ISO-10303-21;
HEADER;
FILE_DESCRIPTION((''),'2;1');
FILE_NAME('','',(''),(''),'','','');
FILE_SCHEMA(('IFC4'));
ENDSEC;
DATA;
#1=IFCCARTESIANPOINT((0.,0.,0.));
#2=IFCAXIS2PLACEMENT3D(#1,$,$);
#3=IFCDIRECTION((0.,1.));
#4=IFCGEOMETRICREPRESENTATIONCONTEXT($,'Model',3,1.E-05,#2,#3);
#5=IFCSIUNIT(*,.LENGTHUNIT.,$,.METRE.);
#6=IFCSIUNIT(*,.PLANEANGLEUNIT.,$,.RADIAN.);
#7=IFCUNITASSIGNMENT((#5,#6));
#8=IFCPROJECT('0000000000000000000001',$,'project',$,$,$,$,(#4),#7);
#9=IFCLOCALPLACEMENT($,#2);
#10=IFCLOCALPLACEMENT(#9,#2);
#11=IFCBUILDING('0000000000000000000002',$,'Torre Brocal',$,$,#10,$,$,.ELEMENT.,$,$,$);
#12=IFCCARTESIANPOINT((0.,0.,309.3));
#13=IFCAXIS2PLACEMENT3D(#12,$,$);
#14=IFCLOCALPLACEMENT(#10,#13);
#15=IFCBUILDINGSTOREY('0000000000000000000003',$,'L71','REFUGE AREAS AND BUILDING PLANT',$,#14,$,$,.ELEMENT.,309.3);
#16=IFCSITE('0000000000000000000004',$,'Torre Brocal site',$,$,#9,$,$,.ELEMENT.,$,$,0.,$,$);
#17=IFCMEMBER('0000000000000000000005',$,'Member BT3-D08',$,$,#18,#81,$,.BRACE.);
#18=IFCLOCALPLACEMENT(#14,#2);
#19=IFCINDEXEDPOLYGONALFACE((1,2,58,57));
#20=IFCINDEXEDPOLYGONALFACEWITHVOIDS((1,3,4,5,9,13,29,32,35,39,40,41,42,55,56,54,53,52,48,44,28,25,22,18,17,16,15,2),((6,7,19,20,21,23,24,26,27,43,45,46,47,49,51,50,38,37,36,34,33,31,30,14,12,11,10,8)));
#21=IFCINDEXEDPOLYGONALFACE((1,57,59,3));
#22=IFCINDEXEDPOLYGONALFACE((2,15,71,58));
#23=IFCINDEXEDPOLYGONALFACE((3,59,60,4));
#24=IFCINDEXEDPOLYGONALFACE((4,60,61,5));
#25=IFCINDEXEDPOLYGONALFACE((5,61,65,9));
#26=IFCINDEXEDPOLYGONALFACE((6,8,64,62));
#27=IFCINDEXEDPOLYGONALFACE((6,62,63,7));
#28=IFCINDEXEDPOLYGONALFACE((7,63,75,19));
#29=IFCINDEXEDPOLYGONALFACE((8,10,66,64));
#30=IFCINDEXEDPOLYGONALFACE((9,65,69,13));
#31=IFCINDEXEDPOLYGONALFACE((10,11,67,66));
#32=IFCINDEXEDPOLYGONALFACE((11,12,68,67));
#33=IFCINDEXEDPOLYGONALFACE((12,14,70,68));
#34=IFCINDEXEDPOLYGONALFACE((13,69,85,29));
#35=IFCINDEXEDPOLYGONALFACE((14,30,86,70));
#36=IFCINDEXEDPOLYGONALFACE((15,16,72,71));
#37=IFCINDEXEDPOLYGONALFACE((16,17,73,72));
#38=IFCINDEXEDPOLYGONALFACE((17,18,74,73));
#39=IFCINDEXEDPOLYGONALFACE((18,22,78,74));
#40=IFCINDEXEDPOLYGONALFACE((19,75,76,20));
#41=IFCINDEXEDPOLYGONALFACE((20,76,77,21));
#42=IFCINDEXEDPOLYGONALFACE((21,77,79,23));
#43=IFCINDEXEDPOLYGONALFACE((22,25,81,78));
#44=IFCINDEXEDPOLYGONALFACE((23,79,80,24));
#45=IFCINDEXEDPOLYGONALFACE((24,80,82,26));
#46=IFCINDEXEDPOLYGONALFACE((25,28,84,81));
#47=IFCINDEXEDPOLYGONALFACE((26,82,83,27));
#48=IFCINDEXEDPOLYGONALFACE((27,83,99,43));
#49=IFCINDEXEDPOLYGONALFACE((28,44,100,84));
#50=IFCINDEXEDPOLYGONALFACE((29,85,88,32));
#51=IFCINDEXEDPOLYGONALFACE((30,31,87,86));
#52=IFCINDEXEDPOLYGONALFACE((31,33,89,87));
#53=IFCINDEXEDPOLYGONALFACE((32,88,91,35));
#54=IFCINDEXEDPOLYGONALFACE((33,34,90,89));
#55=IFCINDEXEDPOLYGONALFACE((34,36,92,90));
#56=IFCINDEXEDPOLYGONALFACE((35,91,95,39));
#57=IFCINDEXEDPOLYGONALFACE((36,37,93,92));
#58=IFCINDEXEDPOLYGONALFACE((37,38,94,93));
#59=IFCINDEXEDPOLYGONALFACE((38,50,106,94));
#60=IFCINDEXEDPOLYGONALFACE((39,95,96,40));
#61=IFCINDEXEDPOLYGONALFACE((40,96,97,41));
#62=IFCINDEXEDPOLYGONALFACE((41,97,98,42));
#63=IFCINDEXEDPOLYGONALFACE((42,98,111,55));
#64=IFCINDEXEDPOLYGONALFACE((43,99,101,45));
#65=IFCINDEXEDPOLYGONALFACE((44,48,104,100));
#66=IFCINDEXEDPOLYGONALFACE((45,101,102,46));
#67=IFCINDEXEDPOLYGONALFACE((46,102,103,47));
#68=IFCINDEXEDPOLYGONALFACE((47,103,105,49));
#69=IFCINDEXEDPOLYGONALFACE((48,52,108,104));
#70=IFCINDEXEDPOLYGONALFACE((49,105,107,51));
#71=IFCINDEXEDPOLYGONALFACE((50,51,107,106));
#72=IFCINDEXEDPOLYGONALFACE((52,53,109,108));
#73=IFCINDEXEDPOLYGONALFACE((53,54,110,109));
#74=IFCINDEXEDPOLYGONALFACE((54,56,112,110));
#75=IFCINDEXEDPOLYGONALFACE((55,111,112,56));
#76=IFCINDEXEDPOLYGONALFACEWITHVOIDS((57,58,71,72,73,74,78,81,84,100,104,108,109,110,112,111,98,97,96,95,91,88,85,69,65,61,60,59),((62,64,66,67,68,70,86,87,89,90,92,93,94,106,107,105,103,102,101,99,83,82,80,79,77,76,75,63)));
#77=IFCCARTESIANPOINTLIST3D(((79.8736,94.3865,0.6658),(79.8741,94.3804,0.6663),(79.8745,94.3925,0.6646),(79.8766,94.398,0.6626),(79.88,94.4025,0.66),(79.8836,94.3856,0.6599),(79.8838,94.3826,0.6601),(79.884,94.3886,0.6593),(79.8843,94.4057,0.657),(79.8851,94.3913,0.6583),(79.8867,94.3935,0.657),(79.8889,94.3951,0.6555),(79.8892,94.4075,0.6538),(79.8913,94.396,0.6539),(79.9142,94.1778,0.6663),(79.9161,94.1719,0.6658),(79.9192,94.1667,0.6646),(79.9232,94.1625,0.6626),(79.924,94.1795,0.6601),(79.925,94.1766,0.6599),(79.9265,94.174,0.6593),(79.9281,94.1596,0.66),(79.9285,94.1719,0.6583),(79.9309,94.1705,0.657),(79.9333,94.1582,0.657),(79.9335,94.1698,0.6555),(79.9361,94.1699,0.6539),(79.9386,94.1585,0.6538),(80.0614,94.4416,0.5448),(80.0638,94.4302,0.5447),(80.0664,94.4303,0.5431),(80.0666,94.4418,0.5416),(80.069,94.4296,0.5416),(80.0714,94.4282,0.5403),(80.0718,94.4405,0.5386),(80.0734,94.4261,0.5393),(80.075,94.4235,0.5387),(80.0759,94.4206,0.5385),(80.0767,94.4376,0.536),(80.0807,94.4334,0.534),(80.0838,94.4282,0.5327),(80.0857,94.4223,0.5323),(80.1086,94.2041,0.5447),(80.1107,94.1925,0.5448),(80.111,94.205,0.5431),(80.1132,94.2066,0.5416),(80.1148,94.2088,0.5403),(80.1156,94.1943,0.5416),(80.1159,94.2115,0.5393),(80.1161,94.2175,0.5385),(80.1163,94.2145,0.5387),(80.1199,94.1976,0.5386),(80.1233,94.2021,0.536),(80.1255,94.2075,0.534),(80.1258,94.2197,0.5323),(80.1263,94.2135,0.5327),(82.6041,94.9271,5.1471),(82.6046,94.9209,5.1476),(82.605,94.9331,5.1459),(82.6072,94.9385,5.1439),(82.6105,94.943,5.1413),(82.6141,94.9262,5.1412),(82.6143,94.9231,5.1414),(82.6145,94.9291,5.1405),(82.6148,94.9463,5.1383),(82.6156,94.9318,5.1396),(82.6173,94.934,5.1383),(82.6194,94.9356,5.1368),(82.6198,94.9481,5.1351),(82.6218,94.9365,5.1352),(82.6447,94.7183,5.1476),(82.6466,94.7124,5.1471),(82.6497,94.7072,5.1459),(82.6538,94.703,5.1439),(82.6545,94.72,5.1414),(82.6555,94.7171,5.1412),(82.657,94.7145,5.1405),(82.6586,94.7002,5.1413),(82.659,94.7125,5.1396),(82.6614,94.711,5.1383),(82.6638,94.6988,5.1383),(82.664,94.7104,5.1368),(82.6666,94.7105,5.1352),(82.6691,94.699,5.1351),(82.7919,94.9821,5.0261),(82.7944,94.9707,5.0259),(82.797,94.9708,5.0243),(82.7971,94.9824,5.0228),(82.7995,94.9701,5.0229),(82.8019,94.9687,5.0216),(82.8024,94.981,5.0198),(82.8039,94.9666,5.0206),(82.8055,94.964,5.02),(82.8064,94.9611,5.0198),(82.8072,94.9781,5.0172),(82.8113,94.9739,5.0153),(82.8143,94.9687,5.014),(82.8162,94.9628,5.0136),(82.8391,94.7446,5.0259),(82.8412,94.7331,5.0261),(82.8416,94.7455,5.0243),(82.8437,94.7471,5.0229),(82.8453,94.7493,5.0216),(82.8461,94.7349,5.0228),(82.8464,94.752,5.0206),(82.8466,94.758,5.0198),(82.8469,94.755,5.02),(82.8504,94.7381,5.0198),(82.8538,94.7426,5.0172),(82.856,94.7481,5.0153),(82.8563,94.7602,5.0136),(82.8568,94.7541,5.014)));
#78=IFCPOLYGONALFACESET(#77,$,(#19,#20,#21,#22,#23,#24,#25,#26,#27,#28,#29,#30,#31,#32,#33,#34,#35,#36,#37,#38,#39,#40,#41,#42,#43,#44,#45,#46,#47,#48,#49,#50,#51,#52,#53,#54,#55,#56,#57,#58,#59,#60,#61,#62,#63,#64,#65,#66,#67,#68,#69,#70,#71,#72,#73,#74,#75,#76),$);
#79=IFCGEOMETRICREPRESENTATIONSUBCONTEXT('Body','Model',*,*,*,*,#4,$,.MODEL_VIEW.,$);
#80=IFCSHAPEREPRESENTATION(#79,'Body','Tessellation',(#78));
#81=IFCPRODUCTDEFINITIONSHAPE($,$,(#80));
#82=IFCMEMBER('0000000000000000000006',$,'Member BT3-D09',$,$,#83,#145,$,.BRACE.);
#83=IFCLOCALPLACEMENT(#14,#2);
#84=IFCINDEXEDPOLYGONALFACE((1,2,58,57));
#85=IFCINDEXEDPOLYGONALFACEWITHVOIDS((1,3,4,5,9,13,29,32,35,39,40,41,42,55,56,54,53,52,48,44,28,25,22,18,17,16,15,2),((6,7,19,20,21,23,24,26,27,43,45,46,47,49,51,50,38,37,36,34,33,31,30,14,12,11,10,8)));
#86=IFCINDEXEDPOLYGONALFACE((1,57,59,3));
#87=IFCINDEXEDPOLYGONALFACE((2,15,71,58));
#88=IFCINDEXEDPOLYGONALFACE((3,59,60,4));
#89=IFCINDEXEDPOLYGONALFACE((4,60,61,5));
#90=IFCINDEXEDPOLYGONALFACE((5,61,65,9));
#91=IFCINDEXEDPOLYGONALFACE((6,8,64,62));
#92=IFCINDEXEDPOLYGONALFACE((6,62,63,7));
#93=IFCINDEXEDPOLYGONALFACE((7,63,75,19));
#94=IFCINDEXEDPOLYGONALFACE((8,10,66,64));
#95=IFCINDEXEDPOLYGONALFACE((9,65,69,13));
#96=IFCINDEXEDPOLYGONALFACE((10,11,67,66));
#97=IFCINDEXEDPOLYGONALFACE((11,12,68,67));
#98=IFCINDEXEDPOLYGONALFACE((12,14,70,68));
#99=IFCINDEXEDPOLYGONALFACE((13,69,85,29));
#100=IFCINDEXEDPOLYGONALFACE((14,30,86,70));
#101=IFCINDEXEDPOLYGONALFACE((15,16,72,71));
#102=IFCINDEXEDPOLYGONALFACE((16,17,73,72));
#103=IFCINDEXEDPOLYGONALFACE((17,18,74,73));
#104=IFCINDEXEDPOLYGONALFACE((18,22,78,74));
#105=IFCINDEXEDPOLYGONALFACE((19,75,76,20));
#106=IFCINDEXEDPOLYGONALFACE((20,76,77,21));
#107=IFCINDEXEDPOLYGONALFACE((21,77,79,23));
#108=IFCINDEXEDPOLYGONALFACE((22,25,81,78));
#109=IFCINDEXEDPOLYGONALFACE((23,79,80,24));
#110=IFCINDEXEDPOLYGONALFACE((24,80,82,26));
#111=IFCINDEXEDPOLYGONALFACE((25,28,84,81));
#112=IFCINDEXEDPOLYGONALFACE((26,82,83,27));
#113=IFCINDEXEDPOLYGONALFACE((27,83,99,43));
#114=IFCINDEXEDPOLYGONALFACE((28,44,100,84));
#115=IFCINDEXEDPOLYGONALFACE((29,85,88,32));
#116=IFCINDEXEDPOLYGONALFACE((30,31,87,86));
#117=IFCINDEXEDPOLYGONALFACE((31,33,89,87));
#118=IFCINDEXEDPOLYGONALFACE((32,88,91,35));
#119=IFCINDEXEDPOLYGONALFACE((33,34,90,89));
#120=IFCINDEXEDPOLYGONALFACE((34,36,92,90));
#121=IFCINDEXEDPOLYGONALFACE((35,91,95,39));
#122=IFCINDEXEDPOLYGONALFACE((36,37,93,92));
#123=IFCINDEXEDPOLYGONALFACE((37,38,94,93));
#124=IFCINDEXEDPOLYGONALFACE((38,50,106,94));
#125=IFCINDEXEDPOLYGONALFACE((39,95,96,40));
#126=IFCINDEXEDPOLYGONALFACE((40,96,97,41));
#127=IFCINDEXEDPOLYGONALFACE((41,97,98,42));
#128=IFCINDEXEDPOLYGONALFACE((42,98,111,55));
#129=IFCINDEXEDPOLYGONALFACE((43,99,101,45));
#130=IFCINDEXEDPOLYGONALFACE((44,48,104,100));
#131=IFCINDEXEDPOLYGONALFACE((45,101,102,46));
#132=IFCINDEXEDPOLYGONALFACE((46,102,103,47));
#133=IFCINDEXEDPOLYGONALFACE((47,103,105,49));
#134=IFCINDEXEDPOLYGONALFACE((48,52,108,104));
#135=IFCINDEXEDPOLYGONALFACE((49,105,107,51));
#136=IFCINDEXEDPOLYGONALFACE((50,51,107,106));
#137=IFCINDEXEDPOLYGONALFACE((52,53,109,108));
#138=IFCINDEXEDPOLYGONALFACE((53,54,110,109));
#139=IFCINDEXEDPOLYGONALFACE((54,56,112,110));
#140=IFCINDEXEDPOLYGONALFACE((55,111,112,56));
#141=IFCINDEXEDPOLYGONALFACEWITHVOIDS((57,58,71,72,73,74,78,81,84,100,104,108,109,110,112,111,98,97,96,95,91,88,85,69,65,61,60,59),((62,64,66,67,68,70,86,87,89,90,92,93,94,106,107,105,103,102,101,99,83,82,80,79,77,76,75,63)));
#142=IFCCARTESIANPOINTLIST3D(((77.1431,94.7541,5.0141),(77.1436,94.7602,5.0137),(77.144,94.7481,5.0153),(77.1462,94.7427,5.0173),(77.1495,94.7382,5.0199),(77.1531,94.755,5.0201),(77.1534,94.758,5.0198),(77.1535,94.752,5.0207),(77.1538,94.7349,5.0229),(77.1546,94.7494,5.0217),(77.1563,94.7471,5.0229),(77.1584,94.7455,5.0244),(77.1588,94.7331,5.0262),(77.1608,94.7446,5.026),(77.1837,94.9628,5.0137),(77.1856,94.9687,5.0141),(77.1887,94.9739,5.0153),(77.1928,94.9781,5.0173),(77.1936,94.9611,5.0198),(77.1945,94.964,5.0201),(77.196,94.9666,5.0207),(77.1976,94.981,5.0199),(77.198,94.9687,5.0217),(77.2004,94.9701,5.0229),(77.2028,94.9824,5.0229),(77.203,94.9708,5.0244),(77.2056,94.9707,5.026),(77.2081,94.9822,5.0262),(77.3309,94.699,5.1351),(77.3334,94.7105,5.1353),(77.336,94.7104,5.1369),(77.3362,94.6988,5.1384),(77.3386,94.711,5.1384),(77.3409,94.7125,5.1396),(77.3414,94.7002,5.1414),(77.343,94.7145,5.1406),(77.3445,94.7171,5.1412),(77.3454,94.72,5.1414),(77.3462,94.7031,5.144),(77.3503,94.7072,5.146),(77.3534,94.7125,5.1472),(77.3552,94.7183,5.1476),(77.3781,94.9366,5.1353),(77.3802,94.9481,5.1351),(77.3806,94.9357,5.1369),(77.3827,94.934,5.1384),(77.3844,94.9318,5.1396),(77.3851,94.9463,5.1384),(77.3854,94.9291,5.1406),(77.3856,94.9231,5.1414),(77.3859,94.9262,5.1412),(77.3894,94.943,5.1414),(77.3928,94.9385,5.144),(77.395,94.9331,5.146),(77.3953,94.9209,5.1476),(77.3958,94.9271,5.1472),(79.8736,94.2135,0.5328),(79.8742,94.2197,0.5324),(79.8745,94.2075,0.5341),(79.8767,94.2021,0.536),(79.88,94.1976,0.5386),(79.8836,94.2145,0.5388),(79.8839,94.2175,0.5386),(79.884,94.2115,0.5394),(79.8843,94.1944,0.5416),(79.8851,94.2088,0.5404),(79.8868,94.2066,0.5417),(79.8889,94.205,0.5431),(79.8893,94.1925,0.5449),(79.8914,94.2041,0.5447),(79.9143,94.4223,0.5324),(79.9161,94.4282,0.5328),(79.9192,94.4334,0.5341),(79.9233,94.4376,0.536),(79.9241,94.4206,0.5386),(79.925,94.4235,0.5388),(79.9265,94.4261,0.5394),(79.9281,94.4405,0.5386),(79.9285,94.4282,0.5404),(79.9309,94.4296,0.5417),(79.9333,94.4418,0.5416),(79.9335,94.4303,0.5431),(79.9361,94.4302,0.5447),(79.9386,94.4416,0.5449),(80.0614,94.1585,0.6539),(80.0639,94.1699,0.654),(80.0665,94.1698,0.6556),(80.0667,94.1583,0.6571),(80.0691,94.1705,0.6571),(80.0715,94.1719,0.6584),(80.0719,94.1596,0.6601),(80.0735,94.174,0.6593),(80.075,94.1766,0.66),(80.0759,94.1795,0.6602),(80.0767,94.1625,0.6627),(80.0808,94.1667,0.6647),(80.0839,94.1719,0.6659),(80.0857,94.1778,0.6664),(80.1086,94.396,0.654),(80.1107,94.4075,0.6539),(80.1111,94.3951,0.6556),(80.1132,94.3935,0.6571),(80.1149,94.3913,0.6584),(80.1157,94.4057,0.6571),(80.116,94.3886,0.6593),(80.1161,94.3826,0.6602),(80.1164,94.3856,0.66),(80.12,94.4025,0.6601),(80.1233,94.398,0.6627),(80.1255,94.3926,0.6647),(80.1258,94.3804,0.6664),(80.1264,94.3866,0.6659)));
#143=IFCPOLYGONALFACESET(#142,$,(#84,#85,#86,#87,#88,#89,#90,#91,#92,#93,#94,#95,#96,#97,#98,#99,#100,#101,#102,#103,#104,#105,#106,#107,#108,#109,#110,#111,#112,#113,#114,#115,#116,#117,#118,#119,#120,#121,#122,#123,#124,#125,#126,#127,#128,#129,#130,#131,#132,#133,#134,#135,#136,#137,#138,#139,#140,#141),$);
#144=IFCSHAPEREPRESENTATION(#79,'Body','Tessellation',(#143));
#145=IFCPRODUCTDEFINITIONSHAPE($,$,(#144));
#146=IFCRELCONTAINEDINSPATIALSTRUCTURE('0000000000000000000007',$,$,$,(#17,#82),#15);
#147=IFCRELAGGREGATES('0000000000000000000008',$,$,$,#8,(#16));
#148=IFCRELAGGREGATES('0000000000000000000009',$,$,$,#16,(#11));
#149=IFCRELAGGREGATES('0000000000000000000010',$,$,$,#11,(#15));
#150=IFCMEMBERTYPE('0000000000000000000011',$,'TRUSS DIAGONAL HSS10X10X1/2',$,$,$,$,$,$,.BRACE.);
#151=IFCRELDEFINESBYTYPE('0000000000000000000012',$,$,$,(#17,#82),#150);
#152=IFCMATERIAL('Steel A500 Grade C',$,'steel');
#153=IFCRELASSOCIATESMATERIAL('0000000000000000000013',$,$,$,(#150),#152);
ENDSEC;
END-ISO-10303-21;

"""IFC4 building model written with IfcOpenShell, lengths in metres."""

from ifc_helpers import new_model, si_unit, direction, frame, origin, origin_2d, place, context, subcontext, project, spatial, hollow_rectangle, extrude, material, material_profile, profile_set, type_object, element, save


model = new_model("IFC4")

# Units and contexts
model_context = context("Model", 3, precision=1e-05, world=origin(), true_north=direction((0.0, 1.0)))
body_context = subcontext(model_context, "Body", "Model", "MODEL_VIEW")
ifc_project = project(units=[si_unit("LENGTHUNIT", "METRE"), si_unit("PLANEANGLEUNIT", "RADIAN")], contexts=[model_context])

# Site, building, storey
site_placement = place(None, origin())
site = spatial("IfcSite", under=ifc_project, at=site_placement, Name="Torre Brocal site", CompositionType="ELEMENT", RefElevation=0.0)
building_placement = place(site_placement, origin())
building = spatial("IfcBuilding", under=site, at=building_placement, Name="Torre Brocal", CompositionType="ELEMENT")
storey_placement = place(building_placement, frame((0.0, 0.0, 309.3)))
storey = spatial("IfcBuildingStorey", under=building, at=storey_placement, Name="L71", Description="REFUGE AREAS AND BUILDING PLANT", CompositionType="ELEMENT", Elevation=309.3)

# Members
ifc_material_1 = material(Name="Steel A500 Grade C", Category="steel")
ifc_material_profile_1 = material_profile(ifc_material_1, hollow_rectangle(XDim=0.2539, YDim=0.2539, WallThickness=0.0117, InnerFilletRadius=0.0117, OuterFilletRadius=0.0237, at=origin_2d()), Name="HSS10X10X1/2")
ifc_profile_set_1 = profile_set([ifc_material_profile_1], Name="Steel A500 Grade C")
member_type_1 = type_object("IfcMemberType", Name="TRUSS DIAGONAL HSS10X10X1/2", PredefinedType="BRACE", material=ifc_profile_set_1)
for number, where, z_axis, x_axis, name in (
    (1, (82.7305, 94.8406, 5.0806), (-0.517595, -0.102464, -0.849468), (0.194193, -0.980963, 0.0), "Member BT3-D08"),
    (2, (80.0, 94.3, 0.5994), (-0.517595, 0.102464, 0.849468), (-0.194193, -0.980963, 0.0), "Member BT3-D09"),
):
    element("IfcMember", number, at=place(storey_placement, frame(where, z_axis=z_axis, x_axis=x_axis)), inside=storey, type_object=member_type_1, Name=name, PredefinedType="BRACE", context=body_context, shape_type="SweptSolid", body=[
        extrude(hollow_rectangle(XDim=0.2539, YDim=0.2539, WallThickness=0.0117, InnerFilletRadius=0.0117, OuterFilletRadius=0.0237, at=origin_2d()), origin(), (0.0, 0.0, 1.0), 5.2754),
    ])

save(model, "model.ifc")
